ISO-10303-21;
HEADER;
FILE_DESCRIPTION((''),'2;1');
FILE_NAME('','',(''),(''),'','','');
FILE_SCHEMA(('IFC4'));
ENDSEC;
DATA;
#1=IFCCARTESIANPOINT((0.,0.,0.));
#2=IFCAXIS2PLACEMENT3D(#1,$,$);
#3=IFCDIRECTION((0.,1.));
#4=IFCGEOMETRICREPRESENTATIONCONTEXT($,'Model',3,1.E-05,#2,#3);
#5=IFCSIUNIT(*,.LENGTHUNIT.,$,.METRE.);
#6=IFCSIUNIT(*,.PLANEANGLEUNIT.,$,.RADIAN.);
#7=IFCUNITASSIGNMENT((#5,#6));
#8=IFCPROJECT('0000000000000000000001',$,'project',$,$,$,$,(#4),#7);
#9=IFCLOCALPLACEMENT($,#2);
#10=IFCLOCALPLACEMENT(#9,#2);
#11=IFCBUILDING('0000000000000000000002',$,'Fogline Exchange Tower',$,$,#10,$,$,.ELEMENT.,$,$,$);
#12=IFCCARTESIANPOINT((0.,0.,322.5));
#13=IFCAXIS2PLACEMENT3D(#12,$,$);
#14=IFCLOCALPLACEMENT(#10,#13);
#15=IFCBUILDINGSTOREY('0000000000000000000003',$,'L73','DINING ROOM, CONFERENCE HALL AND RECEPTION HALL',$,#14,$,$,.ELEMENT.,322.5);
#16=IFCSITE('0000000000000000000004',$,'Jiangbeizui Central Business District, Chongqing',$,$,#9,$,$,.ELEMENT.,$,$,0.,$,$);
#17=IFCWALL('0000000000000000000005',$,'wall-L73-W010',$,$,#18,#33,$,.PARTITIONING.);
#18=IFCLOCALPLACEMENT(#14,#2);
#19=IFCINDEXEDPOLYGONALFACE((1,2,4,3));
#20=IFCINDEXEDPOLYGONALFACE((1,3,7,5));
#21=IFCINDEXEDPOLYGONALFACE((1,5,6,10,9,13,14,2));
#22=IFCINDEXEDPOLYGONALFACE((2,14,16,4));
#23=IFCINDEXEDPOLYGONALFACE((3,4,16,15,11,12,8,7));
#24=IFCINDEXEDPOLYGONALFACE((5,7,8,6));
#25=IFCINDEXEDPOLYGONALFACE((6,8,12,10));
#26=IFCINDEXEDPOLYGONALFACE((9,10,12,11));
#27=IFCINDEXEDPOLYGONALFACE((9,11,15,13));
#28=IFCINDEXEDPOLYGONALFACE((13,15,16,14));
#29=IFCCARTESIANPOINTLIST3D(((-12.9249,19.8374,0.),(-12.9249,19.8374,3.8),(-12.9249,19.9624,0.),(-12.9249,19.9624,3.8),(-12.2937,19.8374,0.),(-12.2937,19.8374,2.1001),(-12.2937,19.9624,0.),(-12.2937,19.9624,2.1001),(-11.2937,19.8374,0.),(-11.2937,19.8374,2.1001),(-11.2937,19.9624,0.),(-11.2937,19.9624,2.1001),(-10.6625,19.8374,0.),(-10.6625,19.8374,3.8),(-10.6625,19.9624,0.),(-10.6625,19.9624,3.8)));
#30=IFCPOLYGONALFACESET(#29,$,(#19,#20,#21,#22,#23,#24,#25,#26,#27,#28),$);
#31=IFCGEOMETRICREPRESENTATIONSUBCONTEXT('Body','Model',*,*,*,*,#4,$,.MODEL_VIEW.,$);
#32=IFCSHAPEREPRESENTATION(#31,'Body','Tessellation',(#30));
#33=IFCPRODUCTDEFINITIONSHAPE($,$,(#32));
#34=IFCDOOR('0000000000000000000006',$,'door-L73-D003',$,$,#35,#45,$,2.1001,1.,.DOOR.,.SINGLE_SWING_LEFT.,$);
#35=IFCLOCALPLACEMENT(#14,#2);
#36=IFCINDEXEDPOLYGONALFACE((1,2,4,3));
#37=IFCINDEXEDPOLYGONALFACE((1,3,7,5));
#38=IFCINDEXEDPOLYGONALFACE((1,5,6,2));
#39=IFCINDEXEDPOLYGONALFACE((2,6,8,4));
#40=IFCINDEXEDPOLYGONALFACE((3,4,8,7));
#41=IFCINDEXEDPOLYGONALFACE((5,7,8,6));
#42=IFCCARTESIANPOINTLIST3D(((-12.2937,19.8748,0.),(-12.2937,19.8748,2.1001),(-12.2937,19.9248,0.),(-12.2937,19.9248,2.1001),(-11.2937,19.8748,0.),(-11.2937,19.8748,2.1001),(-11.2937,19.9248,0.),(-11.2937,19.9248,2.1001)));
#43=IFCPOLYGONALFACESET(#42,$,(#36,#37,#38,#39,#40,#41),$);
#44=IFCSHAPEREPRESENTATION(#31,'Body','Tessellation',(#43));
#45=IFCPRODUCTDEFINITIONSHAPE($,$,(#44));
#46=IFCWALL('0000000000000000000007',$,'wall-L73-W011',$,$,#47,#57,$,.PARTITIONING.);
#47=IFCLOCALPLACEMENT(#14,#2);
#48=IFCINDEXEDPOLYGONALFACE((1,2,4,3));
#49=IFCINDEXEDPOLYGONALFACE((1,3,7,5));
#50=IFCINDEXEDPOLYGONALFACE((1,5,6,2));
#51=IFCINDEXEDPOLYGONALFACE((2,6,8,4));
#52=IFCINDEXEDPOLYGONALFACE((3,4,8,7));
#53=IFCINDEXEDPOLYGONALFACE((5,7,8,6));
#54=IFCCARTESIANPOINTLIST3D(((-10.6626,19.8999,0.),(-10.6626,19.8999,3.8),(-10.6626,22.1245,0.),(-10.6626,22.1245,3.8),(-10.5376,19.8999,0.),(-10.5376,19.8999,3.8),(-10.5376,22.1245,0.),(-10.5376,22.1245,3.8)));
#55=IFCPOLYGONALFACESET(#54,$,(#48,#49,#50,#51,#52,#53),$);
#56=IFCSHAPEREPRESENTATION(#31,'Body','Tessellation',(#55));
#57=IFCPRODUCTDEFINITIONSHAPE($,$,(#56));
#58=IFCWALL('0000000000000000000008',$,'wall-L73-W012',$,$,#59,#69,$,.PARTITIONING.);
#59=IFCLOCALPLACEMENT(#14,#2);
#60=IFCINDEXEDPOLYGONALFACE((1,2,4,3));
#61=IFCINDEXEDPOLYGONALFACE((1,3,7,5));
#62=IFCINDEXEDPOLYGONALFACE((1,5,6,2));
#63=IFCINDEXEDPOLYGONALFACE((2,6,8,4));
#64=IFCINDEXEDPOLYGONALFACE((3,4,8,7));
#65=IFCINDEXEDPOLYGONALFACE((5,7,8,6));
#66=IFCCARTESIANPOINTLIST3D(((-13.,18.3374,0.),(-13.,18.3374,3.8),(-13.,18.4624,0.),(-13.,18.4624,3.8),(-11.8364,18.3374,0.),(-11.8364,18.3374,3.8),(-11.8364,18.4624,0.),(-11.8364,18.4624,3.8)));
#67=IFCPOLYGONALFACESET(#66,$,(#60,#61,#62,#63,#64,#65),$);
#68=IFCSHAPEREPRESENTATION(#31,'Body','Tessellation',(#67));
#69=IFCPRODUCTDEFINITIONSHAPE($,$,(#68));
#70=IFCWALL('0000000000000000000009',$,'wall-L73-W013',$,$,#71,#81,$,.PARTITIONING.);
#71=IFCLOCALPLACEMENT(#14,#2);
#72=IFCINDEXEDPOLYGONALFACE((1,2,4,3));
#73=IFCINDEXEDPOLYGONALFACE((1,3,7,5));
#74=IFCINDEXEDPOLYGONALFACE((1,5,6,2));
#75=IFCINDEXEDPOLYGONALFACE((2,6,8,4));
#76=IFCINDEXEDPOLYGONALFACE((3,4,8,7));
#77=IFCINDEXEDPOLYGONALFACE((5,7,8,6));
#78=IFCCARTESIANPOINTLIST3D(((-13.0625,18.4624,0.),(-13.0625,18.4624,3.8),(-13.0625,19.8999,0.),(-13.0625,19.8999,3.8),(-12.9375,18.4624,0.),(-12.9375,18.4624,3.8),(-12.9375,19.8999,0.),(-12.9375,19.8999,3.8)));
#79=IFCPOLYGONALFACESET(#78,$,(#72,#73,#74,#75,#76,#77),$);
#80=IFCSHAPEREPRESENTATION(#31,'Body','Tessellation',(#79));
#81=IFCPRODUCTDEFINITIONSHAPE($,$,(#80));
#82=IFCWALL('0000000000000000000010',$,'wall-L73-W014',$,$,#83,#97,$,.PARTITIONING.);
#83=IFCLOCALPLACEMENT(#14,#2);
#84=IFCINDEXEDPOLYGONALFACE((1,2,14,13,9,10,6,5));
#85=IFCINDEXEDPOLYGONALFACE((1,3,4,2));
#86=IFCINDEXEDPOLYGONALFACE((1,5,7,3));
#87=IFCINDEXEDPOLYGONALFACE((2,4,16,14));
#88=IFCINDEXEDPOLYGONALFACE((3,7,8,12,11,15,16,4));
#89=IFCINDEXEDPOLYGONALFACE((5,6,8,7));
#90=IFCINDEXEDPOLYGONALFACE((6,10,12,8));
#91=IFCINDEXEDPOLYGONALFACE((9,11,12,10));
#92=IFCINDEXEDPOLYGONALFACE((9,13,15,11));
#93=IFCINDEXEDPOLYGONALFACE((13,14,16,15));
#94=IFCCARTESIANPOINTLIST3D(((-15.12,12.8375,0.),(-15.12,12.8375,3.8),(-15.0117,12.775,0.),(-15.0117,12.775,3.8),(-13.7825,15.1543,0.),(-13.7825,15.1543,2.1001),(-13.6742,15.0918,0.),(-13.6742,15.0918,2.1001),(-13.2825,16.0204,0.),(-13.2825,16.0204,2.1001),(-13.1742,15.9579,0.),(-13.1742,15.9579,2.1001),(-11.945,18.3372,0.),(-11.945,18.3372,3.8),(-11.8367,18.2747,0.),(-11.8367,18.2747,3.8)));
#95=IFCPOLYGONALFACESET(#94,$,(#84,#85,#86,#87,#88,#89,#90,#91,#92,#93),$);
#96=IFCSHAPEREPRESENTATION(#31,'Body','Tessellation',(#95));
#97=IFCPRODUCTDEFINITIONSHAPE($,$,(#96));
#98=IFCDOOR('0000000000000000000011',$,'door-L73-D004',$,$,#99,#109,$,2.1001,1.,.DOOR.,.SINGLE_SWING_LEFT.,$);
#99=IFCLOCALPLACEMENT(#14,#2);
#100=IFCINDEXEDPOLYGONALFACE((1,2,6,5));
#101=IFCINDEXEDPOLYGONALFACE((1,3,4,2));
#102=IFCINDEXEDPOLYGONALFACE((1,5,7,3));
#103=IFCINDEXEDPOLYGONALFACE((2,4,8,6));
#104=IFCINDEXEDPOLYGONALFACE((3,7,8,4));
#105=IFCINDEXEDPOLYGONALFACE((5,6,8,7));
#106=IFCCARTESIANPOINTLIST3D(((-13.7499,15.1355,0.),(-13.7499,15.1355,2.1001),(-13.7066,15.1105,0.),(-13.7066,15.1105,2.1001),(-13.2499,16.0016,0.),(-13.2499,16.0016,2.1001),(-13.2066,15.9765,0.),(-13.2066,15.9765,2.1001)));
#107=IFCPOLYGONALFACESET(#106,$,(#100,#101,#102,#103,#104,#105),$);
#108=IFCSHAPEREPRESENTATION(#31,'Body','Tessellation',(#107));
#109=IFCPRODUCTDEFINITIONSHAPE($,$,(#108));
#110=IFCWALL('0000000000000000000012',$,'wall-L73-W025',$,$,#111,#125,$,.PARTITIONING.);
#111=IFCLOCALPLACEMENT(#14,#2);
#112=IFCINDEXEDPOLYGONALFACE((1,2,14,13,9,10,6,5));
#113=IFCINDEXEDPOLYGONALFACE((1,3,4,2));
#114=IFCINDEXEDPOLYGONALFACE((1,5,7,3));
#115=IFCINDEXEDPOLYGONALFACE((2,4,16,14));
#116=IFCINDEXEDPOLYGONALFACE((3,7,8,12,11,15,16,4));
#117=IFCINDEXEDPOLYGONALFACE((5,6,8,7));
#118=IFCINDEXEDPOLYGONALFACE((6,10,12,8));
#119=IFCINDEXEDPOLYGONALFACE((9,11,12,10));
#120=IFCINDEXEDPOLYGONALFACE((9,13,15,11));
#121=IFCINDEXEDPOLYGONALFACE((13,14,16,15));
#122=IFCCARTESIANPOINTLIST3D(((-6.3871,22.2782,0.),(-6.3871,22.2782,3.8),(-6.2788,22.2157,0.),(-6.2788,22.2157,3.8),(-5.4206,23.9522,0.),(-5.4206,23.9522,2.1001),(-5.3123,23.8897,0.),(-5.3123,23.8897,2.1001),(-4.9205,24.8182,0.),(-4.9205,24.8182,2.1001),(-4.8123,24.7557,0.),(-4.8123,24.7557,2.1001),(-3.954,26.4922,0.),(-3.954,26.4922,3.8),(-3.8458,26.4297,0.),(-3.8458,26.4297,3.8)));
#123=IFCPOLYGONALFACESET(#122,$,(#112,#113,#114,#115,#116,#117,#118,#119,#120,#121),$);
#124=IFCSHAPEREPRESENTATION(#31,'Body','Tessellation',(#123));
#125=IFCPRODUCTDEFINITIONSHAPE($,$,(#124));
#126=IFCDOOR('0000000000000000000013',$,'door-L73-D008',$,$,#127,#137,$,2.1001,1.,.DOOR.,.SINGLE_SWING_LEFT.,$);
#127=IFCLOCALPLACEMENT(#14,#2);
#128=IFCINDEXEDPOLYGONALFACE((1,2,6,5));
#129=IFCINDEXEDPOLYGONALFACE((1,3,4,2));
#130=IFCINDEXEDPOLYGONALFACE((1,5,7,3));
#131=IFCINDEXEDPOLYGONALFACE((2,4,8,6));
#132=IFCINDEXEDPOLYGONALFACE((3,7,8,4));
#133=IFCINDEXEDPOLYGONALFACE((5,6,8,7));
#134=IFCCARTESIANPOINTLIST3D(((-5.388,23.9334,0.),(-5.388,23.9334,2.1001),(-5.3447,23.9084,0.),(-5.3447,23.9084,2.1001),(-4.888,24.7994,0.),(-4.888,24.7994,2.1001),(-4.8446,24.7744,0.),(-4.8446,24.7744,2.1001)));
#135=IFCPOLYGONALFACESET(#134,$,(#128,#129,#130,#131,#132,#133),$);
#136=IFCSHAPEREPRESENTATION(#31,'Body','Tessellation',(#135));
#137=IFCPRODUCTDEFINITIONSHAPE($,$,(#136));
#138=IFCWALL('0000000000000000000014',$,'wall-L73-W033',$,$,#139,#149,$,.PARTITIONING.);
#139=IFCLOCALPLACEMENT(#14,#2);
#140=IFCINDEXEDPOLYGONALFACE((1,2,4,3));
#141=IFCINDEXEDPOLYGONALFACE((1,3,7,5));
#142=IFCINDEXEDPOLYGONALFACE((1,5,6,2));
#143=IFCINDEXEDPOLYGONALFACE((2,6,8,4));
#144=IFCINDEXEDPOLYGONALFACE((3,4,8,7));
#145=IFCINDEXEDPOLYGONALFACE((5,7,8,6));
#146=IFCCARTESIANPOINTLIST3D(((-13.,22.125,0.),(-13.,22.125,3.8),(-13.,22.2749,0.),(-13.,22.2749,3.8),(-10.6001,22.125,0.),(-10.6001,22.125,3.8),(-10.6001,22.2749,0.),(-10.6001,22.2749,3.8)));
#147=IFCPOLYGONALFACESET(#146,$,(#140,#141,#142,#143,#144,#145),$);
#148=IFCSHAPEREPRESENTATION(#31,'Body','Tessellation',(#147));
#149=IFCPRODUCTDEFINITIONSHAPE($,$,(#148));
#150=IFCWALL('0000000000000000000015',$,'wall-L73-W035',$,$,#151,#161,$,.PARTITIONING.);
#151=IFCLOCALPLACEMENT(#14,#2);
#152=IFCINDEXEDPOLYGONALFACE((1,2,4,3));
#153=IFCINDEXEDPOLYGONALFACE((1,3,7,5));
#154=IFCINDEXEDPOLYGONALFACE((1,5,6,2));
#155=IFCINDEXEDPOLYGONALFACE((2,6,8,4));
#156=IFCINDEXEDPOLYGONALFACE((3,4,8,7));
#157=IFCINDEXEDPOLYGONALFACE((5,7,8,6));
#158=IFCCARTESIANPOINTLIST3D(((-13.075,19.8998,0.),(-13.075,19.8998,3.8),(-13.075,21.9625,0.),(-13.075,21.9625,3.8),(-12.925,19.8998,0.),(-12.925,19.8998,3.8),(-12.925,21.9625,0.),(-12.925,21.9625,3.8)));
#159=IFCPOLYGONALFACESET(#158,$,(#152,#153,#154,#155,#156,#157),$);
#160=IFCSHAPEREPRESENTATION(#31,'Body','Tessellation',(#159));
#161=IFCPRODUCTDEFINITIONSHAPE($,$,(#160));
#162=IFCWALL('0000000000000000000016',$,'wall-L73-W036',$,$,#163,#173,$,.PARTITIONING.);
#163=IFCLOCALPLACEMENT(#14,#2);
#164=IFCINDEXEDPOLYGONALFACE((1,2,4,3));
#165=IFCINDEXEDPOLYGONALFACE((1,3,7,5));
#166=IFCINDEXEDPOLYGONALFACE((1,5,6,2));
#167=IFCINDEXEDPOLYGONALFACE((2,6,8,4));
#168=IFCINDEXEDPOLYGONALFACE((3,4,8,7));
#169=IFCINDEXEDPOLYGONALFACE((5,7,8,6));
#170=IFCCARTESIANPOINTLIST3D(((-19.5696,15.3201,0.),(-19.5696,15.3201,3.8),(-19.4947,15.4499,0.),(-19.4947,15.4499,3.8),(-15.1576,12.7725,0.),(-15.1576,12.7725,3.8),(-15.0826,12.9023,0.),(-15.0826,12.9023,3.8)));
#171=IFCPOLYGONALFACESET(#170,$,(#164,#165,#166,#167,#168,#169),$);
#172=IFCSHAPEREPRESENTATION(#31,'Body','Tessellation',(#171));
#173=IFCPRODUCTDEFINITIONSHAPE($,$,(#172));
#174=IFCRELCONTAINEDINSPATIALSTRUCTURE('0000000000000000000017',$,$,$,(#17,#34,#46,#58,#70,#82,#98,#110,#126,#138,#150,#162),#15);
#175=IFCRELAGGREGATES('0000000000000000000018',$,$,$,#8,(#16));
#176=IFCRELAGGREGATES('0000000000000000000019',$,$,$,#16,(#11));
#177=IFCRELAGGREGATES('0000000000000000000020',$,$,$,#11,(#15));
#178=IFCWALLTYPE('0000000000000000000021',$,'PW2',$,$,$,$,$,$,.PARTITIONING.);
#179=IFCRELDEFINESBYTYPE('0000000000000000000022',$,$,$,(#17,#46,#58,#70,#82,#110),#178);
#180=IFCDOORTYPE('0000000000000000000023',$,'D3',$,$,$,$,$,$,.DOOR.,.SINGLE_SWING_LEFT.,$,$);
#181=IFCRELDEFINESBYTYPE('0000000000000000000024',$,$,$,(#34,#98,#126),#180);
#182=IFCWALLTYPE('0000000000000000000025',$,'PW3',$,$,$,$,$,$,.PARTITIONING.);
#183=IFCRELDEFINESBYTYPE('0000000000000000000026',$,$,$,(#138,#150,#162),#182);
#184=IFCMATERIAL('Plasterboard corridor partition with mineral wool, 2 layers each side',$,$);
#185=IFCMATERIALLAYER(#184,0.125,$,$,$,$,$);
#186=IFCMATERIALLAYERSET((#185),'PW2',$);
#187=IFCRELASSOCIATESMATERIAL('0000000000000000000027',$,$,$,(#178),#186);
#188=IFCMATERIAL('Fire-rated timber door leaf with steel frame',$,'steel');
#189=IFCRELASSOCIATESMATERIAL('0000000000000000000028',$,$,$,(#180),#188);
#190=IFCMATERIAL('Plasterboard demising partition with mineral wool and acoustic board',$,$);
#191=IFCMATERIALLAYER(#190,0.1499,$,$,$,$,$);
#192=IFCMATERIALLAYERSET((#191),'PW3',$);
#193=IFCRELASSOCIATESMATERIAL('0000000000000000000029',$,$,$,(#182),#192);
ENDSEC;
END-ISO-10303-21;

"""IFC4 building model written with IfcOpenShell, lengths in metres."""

from ifc_helpers import new_model, si_unit, direction, frame, frame_2d, origin, place, context, subcontext, project, spatial, rectangle, extrude, material, layer, layer_set, type_object, element, fill, save


model = new_model("IFC4")

# Units and contexts
model_context = context("Model", 3, precision=1e-05, world=origin(), true_north=direction((0.0, 1.0)))
body_context = subcontext(model_context, "Body", "Model", "MODEL_VIEW")
ifc_project = project(units=[si_unit("LENGTHUNIT", "METRE"), si_unit("PLANEANGLEUNIT", "RADIAN")], contexts=[model_context])

# Site, building, storey
site_placement = place(None, origin())
site = spatial("IfcSite", under=ifc_project, at=site_placement, Name="Jiangbeizui Central Business District, Chongqing", CompositionType="ELEMENT", RefElevation=0.0)
building_placement = place(site_placement, origin())
building = spatial("IfcBuilding", under=site, at=building_placement, Name="Fogline Exchange Tower", CompositionType="ELEMENT")
storey_placement = place(building_placement, frame((0.0, 0.0, 322.5)))
storey = spatial("IfcBuildingStorey", under=building, at=storey_placement, Name="L73", Description="DINING ROOM, CONFERENCE HALL AND RECEPTION HALL", CompositionType="ELEMENT", Elevation=322.5)

# Shared definitions
ifc_material_1 = material(Name="Plasterboard corridor partition with mineral wool, 2 layers each side")
ifc_layer_1 = layer(ifc_material_1, 0.125)
ifc_layer_set_1 = layer_set([ifc_layer_1], Name="PW2")
wall_type_1 = type_object("IfcWallType", Name="PW2", PredefinedType="PARTITIONING", material=ifc_layer_set_1)

# Wall, opening, door
wall_1_placement = place(storey_placement, frame((-12.925, 19.8999, 0.0), z_axis=(0.0, 0.0, 1.0), x_axis=(1.0, 0.0, 0.0)))
wall_1 = element("IfcWall", 1, at=wall_1_placement, inside=storey, type_object=wall_type_1, Name="wall-L73-W010", PredefinedType="PARTITIONING", context=body_context, shape_type="SweptSolid", body=[
    extrude(rectangle(XDim=2.2625, YDim=0.125, at=frame_2d((1.1313, 0.0))), origin(), (0.0, 0.0, 1.0), 3.8),
])
opening_1_placement = place(wall_1_placement, frame((0.6313, 0.0, 0.0)))
opening_1 = element("IfcOpeningElement", 2, at=opening_1_placement, cuts=wall_1, PredefinedType="OPENING", context=body_context, shape_type="SweptSolid", body=[
    extrude(rectangle(XDim=1.0, YDim=2.1001, at=frame_2d((0.5, 1.05))), frame((0.0, 0.0725, 0.0), z_axis=(0.0, -1.0, 0.0), x_axis=(1.0, 0.0, 0.0)), (0.0, 0.0, 1.0), 0.145),
])
ifc_material_2 = material(Name="Fire-rated timber door leaf with steel frame", Category="steel")
door_type = type_object("IfcDoorType", Name="D3", OperationType="SINGLE_SWING_LEFT", PredefinedType="DOOR", material=ifc_material_2)
door_1_placement = place(opening_1_placement, origin())
door_1 = element("IfcDoor", 3, at=door_1_placement, inside=storey, type_object=door_type, Name="door-L73-D003", OperationType="SINGLE_SWING_LEFT", OverallHeight=2.1001, OverallWidth=1.0, PredefinedType="DOOR", context=body_context, shape_type="SweptSolid", body=[
    extrude(rectangle(XDim=1.0, YDim=2.1001, at=frame_2d((0.5, 1.05))), frame((0.0, 0.0249, 0.0), z_axis=(0.0, -1.0, 0.0), x_axis=(1.0, 0.0, 0.0)), (0.0, 0.0, 1.0), 0.05),
])
fill(opening_1, door_1)

# Walls
wall_2_placement = place(storey_placement, frame((-10.6001, 19.8999, 0.0), z_axis=(0.0, 0.0, 1.0), x_axis=(0.0, 1.0, 0.0)))
element("IfcWall", 4, at=wall_2_placement, inside=storey, type_object=wall_type_1, Name="wall-L73-W011", PredefinedType="PARTITIONING", context=body_context, shape_type="SweptSolid", body=[
    extrude(rectangle(XDim=2.2246, YDim=0.125, at=frame_2d((1.1123, 0.0))), origin(), (0.0, 0.0, 1.0), 3.8),
])
wall_3_placement = place(storey_placement, frame((-11.8364, 18.3999, 0.0), z_axis=(0.0, 0.0, 1.0), x_axis=(-1.0, 0.0, 0.0)))
element("IfcWall", 5, at=wall_3_placement, inside=storey, type_object=wall_type_1, Name="wall-L73-W012", PredefinedType="PARTITIONING", context=body_context, shape_type="SweptSolid", body=[
    extrude(rectangle(XDim=1.1636, YDim=0.125, at=frame_2d((0.5818, 0.0))), origin(), (0.0, 0.0, 1.0), 3.8),
])
wall_4_placement = place(storey_placement, frame((-13.0, 18.4624, 0.0), z_axis=(0.0, 0.0, 1.0), x_axis=(0.0, 1.0, 0.0)))
element("IfcWall", 6, at=wall_4_placement, inside=storey, type_object=wall_type_1, Name="wall-L73-W013", PredefinedType="PARTITIONING", context=body_context, shape_type="SweptSolid", body=[
    extrude(rectangle(XDim=1.4375, YDim=0.125, at=frame_2d((0.7188, 0.0))), origin(), (0.0, 0.0, 1.0), 3.8),
])

# Walls, openings, doors
wall_5_placement = place(storey_placement, frame((-15.0659, 12.8062, 0.0), z_axis=(0.0, 0.0, 1.0), x_axis=(0.499972, 0.866042, 0.0)))
wall_5 = element("IfcWall", 7, at=wall_5_placement, inside=storey, type_object=wall_type_1, Name="wall-L73-W014", PredefinedType="PARTITIONING", context=body_context, shape_type="SweptSolid", body=[
    extrude(rectangle(XDim=6.3503, YDim=0.125, at=frame_2d((3.1753, 0.0))), origin(), (0.0, 0.0, 1.0), 3.8),
])
opening_2_placement = place(wall_5_placement, frame((2.6753, 0.0, 0.0)))
opening_2 = element("IfcOpeningElement", 8, at=opening_2_placement, cuts=wall_5, PredefinedType="OPENING", context=body_context, shape_type="SweptSolid", body=[
    extrude(rectangle(XDim=1.0, YDim=2.1001, at=frame_2d((0.5, 1.05))), frame((0.0, 0.0725, 0.0), z_axis=(0.0, -1.0, 0.0), x_axis=(1.0, 0.0, 0.0)), (0.0, 0.0, 1.0), 0.145),
])
door_2_placement = place(opening_2_placement, origin())
door_2 = element("IfcDoor", 9, at=door_2_placement, inside=storey, type_object=door_type, Name="door-L73-D004", OperationType="SINGLE_SWING_LEFT", OverallHeight=2.1001, OverallWidth=1.0, PredefinedType="DOOR", context=body_context, shape_type="SweptSolid", body=[
    extrude(rectangle(XDim=1.0, YDim=2.1001, at=frame_2d((0.5, 1.05))), frame((0.0, 0.0249, 0.0), z_axis=(0.0, -1.0, 0.0), x_axis=(1.0, 0.0, 0.0)), (0.0, 0.0, 1.0), 0.05),
])
fill(opening_2, door_2)
wall_6_placement = place(storey_placement, frame((-6.333, 22.2468, 0.0), z_axis=(0.0, 0.0, 1.0), x_axis=(0.500013, 0.866018, 0.0)))
wall_6 = element("IfcWall", 10, at=wall_6_placement, inside=storey, type_object=wall_type_1, Name="wall-L73-W025", PredefinedType="PARTITIONING", context=body_context, shape_type="SweptSolid", body=[
    extrude(rectangle(XDim=4.866, YDim=0.125, at=frame_2d((2.4331, 0.0))), origin(), (0.0, 0.0, 1.0), 3.8),
])
opening_3_placement = place(wall_6_placement, frame((1.9331, 0.0, 0.0)))
opening_3 = element("IfcOpeningElement", 11, at=opening_3_placement, cuts=wall_6, PredefinedType="OPENING", context=body_context, shape_type="SweptSolid", body=[
    extrude(rectangle(XDim=1.0, YDim=2.1001, at=frame_2d((0.5, 1.05))), frame((0.0, 0.0725, 0.0), z_axis=(0.0, -1.0, 0.0), x_axis=(1.0, 0.0, 0.0)), (0.0, 0.0, 1.0), 0.145),
])
door_3_placement = place(opening_3_placement, origin())
door_3 = element("IfcDoor", 12, at=door_3_placement, inside=storey, type_object=door_type, Name="door-L73-D008", OperationType="SINGLE_SWING_LEFT", OverallHeight=2.1001, OverallWidth=1.0, PredefinedType="DOOR", context=body_context, shape_type="SweptSolid", body=[
    extrude(rectangle(XDim=1.0, YDim=2.1001, at=frame_2d((0.5, 1.05))), frame((0.0, 0.0249, 0.0), z_axis=(0.0, -1.0, 0.0), x_axis=(1.0, 0.0, 0.0)), (0.0, 0.0, 1.0), 0.05),
])
fill(opening_3, door_3)

# Walls
ifc_material_3 = material(Name="Plasterboard demising partition with mineral wool and acoustic board")
ifc_layer_2 = layer(ifc_material_3, 0.1499)
ifc_layer_set_2 = layer_set([ifc_layer_2], Name="PW3")
wall_type_2 = type_object("IfcWallType", Name="PW3", PredefinedType="PARTITIONING", material=ifc_layer_set_2)
wall_7_placement = place(storey_placement, frame((-10.6001, 22.2, 0.0), z_axis=(0.0, 0.0, 1.0), x_axis=(-1.0, 0.0, 0.0)))
element("IfcWall", 13, at=wall_7_placement, inside=storey, type_object=wall_type_2, Name="wall-L73-W033", PredefinedType="PARTITIONING", context=body_context, shape_type="SweptSolid", body=[
    extrude(rectangle(XDim=2.3999, YDim=0.1499, at=frame_2d((1.2, 0.0))), origin(), (0.0, 0.0, 1.0), 3.8),
])
wall_8_placement = place(storey_placement, frame((-13.0, 19.8999, 0.0), z_axis=(0.0, 0.0, 1.0), x_axis=(0.0, 1.0, 0.0)))
element("IfcWall", 14, at=wall_8_placement, inside=storey, type_object=wall_type_2, Name="wall-L73-W035", PredefinedType="PARTITIONING", context=body_context, shape_type="SweptSolid", body=[
    extrude(rectangle(XDim=2.0627, YDim=0.1499, at=frame_2d((1.0312, 0.0))), origin(), (0.0, 0.0, 1.0), 3.8),
])
wall_9_placement = place(storey_placement, frame((-15.1201, 12.8374, 0.0), z_axis=(0.0, 0.0, 1.0), x_axis=(-0.866002, 0.50004, 0.0)))
element("IfcWall", 15, at=wall_9_placement, inside=storey, type_object=wall_type_2, Name="wall-L73-W036", PredefinedType="PARTITIONING", context=body_context, shape_type="SweptSolid", body=[
    extrude(rectangle(XDim=5.0947, YDim=0.1499, at=frame_2d((2.5474, 0.0))), origin(), (0.0, 0.0, 1.0), 3.8),
])

save(model, "model.ifc")
